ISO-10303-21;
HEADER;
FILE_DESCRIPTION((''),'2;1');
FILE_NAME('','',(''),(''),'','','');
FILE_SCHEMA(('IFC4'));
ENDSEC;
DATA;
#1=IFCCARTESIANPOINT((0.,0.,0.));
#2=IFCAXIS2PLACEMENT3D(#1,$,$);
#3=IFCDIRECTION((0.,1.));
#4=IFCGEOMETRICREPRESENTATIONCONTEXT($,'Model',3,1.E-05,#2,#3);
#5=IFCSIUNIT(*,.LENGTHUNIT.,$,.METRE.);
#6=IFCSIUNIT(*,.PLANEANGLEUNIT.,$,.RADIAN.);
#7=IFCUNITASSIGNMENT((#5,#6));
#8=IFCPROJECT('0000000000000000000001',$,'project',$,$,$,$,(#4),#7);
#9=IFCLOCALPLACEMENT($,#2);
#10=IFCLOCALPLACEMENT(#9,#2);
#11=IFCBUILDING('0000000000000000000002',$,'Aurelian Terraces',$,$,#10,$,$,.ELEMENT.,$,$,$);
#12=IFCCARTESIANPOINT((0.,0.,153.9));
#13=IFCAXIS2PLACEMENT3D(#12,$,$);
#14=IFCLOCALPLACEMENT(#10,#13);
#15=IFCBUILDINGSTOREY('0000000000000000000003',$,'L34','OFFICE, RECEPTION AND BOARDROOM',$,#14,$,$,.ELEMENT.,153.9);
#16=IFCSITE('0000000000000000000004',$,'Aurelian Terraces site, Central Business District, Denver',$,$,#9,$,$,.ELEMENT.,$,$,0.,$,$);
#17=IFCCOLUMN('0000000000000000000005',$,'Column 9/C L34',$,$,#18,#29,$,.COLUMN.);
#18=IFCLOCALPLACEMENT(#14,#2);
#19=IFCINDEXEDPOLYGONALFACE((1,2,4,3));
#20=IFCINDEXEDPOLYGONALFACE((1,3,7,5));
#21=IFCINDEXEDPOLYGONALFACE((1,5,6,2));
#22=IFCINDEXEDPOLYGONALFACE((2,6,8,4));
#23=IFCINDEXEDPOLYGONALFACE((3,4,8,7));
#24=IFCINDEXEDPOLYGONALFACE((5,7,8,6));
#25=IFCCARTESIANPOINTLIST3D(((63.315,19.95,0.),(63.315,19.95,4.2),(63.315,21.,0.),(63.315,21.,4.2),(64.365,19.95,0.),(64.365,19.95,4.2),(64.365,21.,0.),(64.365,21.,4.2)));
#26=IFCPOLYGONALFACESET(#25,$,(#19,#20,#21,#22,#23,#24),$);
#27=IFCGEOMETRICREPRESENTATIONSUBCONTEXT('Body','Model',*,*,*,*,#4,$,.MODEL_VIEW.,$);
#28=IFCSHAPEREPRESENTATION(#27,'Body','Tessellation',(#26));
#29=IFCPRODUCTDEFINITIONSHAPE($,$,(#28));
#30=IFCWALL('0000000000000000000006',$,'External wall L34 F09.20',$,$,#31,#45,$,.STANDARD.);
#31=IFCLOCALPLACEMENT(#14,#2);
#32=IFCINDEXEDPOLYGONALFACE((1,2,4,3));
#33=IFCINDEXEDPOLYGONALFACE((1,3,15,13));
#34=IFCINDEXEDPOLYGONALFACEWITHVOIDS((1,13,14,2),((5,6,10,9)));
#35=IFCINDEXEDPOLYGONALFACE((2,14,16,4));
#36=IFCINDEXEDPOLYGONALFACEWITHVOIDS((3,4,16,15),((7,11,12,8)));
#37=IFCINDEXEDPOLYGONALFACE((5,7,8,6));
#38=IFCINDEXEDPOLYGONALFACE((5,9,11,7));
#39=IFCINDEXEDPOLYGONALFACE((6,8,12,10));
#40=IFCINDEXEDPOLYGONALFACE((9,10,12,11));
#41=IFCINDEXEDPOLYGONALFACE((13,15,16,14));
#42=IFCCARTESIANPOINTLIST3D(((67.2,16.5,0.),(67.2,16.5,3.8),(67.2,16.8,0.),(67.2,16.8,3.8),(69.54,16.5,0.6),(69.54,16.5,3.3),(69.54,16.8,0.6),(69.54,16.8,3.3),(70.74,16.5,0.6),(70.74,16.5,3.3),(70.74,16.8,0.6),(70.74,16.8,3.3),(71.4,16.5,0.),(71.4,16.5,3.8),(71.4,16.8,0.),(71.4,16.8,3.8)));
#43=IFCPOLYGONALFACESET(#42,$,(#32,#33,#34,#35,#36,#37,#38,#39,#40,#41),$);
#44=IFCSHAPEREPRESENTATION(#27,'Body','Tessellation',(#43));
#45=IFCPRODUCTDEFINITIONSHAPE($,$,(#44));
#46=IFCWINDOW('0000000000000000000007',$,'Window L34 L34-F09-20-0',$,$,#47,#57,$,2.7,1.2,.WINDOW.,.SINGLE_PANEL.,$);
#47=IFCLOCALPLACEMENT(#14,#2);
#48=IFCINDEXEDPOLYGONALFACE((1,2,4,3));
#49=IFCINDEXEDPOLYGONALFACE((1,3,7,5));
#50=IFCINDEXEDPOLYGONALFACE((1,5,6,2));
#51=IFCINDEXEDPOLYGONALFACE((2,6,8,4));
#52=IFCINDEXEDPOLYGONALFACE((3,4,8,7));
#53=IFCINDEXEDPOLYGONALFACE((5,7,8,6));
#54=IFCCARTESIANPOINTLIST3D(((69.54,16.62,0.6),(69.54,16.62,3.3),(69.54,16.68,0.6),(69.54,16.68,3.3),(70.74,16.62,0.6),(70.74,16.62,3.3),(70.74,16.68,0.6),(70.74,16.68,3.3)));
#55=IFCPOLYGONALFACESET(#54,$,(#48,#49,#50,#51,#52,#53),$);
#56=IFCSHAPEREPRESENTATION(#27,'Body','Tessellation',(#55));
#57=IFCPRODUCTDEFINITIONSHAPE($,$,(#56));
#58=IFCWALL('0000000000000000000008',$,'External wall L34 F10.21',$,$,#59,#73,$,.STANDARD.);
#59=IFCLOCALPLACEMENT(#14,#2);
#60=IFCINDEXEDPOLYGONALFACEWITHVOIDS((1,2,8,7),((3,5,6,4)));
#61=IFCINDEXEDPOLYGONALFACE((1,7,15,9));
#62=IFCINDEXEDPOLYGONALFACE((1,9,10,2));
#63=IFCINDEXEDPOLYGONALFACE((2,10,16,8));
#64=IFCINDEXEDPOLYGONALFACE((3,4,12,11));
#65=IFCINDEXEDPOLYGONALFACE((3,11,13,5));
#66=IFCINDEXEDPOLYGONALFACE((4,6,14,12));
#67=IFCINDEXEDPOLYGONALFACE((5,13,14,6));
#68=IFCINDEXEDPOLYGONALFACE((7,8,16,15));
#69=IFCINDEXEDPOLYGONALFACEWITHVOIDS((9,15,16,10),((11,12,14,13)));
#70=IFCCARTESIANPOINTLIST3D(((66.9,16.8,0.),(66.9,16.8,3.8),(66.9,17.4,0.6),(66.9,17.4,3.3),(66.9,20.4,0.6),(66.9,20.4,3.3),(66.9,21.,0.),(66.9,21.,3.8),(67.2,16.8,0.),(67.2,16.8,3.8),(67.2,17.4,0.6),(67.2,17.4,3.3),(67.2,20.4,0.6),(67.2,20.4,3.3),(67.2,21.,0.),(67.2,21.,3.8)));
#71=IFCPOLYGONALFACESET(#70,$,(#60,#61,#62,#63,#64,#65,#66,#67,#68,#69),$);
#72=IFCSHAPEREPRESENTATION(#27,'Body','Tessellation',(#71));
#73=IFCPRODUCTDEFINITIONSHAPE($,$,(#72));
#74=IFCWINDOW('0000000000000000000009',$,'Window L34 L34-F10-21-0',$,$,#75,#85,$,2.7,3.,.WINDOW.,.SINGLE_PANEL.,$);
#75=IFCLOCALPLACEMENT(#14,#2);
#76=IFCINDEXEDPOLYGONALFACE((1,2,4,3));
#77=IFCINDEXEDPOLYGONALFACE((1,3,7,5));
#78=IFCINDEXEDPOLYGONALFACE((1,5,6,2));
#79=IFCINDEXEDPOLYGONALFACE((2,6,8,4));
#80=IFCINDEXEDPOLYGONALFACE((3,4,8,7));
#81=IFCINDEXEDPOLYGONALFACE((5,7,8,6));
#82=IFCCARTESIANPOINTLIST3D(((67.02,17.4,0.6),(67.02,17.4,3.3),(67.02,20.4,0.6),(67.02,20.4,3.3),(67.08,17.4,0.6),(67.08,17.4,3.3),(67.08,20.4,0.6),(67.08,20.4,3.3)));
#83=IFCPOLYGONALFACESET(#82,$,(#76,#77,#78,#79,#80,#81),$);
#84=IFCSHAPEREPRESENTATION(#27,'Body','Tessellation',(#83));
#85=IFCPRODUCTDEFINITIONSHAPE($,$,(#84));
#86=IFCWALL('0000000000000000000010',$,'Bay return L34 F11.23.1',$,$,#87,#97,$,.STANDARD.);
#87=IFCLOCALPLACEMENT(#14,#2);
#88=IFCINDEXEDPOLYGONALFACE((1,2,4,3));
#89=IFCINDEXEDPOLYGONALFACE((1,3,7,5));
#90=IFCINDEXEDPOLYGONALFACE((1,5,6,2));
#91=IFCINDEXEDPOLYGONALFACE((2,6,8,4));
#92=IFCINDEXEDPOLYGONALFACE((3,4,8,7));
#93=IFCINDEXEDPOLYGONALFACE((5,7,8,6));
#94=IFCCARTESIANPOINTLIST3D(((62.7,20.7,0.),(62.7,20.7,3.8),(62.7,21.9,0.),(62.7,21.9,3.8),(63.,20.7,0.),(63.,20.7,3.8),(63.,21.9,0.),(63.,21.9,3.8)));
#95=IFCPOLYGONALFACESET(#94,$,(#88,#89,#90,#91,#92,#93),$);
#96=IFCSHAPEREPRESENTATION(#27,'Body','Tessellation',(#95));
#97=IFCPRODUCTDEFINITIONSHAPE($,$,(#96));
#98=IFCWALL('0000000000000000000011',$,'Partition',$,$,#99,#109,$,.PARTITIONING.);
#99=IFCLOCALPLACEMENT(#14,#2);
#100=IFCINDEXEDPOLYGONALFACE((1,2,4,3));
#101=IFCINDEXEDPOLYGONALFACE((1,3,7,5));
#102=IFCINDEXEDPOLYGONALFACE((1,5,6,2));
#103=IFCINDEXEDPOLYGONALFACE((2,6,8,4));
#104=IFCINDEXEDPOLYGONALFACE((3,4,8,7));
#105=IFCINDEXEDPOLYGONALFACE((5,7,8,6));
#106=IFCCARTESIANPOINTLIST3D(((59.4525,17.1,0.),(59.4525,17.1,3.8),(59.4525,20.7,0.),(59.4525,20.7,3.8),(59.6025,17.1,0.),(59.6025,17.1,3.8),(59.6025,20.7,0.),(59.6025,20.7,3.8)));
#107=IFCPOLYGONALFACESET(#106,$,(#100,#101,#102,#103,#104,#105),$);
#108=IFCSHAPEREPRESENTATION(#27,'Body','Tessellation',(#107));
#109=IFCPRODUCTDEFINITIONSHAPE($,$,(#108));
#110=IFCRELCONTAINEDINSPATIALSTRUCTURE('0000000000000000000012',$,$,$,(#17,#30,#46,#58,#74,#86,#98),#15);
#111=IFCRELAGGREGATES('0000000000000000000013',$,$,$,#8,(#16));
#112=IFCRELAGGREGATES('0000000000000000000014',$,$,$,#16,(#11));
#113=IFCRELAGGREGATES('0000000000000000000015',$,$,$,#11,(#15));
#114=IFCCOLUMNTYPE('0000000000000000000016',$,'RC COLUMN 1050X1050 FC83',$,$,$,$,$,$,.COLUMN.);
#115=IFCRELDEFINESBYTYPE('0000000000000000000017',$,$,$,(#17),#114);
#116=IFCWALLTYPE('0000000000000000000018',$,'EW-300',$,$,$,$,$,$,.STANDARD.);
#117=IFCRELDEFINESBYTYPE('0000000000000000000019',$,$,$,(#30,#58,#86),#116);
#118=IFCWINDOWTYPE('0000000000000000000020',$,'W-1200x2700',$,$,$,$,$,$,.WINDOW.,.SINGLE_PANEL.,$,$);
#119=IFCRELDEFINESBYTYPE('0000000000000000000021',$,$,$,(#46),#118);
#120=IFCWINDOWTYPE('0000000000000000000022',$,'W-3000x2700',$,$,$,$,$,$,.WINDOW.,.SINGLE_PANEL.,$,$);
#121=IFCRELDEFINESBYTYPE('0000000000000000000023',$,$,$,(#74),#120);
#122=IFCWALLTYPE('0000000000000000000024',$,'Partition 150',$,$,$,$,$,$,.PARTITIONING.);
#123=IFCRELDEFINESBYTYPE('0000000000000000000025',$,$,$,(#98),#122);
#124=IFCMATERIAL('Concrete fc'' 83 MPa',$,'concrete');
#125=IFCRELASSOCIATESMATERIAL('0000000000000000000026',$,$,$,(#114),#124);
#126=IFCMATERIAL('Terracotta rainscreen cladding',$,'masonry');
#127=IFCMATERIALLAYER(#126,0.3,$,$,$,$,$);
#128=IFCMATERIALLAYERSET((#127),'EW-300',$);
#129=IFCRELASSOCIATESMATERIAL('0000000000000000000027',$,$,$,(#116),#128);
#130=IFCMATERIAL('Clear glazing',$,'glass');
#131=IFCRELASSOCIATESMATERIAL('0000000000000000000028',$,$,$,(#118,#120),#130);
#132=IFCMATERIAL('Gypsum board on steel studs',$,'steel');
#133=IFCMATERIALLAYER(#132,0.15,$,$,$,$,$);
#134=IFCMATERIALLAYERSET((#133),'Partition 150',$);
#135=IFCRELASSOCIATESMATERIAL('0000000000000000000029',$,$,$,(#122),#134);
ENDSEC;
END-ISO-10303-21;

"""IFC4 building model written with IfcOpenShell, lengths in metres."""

from ifc_helpers import new_model, si_unit, direction, frame, frame_2d, origin, origin_2d, place, context, subcontext, project, spatial, rectangle, extrude, source, transform, mapped, material, layer, layer_set, material_profile, profile_set, type_object, element, fill, save


model = new_model("IFC4")

# Units and contexts
model_context = context("Model", 3, precision=1e-05, world=origin(), true_north=direction((0.0, 1.0)))
body_context = subcontext(model_context, "Body", "Model", "MODEL_VIEW")
ifc_project = project(units=[si_unit("LENGTHUNIT", "METRE"), si_unit("PLANEANGLEUNIT", "RADIAN")], contexts=[model_context])

# Site, building, storey
site_placement = place(None, origin())
site = spatial("IfcSite", under=ifc_project, at=site_placement, Name="Aurelian Terraces site, Central Business District, Denver", CompositionType="ELEMENT", RefElevation=0.0)
building_placement = place(site_placement, origin())
building = spatial("IfcBuilding", under=site, at=building_placement, Name="Aurelian Terraces", CompositionType="ELEMENT")
storey_placement = place(building_placement, frame((0.0, 0.0, 153.9)))
storey = spatial("IfcBuildingStorey", under=building, at=storey_placement, Name="L34", Description="OFFICE, RECEPTION AND BOARDROOM", CompositionType="ELEMENT", Elevation=153.9)

# Column
ifc_material_1 = material(Name="Concrete fc' 83 MPa", Category="concrete")
ifc_material_profile = material_profile(ifc_material_1, rectangle(XDim=1.05, YDim=1.05, at=origin_2d()))
ifc_profile_set = profile_set([ifc_material_profile], Name="Concrete fc' 83 MPa")
column_type = type_object("IfcColumnType", Name="RC COLUMN 1050X1050 FC83", PredefinedType="COLUMN", material=ifc_profile_set)
shared_shape_1 = source(origin(), body_context, "Body", "SweptSolid", [
    extrude(rectangle(XDim=1.05, YDim=1.05, at=origin_2d()), origin(), (0.0, 0.0, 1.0), 4.2),
])
column_placement = place(storey_placement, frame((63.84, 20.475, 0.0), z_axis=(0.0, 0.0, 1.0), x_axis=(1.0, 0.0, 0.0)))
element("IfcColumn", 1, at=column_placement, inside=storey, type_object=column_type, Name="Column 9/C L34", PredefinedType="COLUMN", context=body_context, shape_type="MappedRepresentation", body=[
    mapped(shared_shape_1, transform((0.0, 0.0, 0.0), scale=1.0)),
])

# Walls, openings, windows
ifc_material_2 = material(Name="Terracotta rainscreen cladding", Category="masonry")
ifc_layer_1 = layer(ifc_material_2, 0.3)
ifc_layer_set_1 = layer_set([ifc_layer_1], Name="EW-300")
wall_type_1 = type_object("IfcWallType", Name="EW-300", PredefinedType="STANDARD", material=ifc_layer_set_1)
shared_shape_2 = source(origin(), body_context, "Body", "SweptSolid", [
    extrude(rectangle(XDim=4.2, YDim=0.3, at=frame_2d((2.1, 0.0))), origin(), (0.0, 0.0, 1.0), 3.8),
])
wall_1_placement = place(storey_placement, frame((71.4, 16.65, 0.0), z_axis=(0.0, 0.0, 1.0), x_axis=(-1.0, 0.0, 0.0)))
wall_1 = element("IfcWall", 2, at=wall_1_placement, inside=storey, type_object=wall_type_1, Name="External wall L34 F09.20", PredefinedType="STANDARD", context=body_context, shape_type="MappedRepresentation", body=[
    mapped(shared_shape_2, transform((0.0, 0.0, 0.0), scale=1.0)),
])
shared_shape_3 = source(origin(), body_context, "Body", "SweptSolid", [
    extrude(rectangle(XDim=1.2, YDim=2.7, at=frame_2d((0.6, 1.35))), frame((0.0, 0.16, 0.0), z_axis=(0.0, -1.0, 0.0), x_axis=(1.0, 0.0, 0.0)), (0.0, 0.0, 1.0), 0.32),
])
opening_1_placement = place(wall_1_placement, frame((0.66, 0.0, 0.6)))
opening_1 = element("IfcOpeningElement", 3, at=opening_1_placement, cuts=wall_1, PredefinedType="OPENING", context=body_context, shape_type="MappedRepresentation", body=[
    mapped(shared_shape_3, transform((0.0, 0.0, 0.0), scale=1.0)),
])
ifc_material_3 = material(Name="Clear glazing", Category="glass")
window_type_1 = type_object("IfcWindowType", Name="W-1200x2700", PartitioningType="SINGLE_PANEL", PredefinedType="WINDOW", material=ifc_material_3)
shared_shape_4 = source(origin(), body_context, "Body", "SweptSolid", [
    extrude(rectangle(XDim=1.2, YDim=2.7, at=frame_2d((0.6, 1.35))), frame((0.0, 0.03, 0.0), z_axis=(0.0, -1.0, 0.0), x_axis=(1.0, 0.0, 0.0)), (0.0, 0.0, 1.0), 0.06),
])
window_1_placement = place(opening_1_placement, origin())
window_1 = element("IfcWindow", 4, at=window_1_placement, inside=storey, type_object=window_type_1, Name="Window L34 L34-F09-20-0", OverallHeight=2.7, OverallWidth=1.2, PartitioningType="SINGLE_PANEL", PredefinedType="WINDOW", context=body_context, shape_type="MappedRepresentation", body=[
    mapped(shared_shape_4, transform((0.0, 0.0, 0.0), scale=1.0)),
])
fill(opening_1, window_1)
wall_2_placement = place(storey_placement, frame((67.05, 16.8, 0.0), z_axis=(0.0, 0.0, 1.0), x_axis=(0.0, 1.0, 0.0)))
wall_2 = element("IfcWall", 5, at=wall_2_placement, inside=storey, type_object=wall_type_1, Name="External wall L34 F10.21", PredefinedType="STANDARD", context=body_context, shape_type="MappedRepresentation", body=[
    mapped(shared_shape_2, transform((0.0, 0.0, 0.0), scale=1.0)),
])
shared_shape_5 = source(origin(), body_context, "Body", "SweptSolid", [
    extrude(rectangle(XDim=3.0, YDim=2.7, at=frame_2d((1.5, 1.35))), frame((0.0, 0.16, 0.0), z_axis=(0.0, -1.0, 0.0), x_axis=(1.0, 0.0, 0.0)), (0.0, 0.0, 1.0), 0.32),
])
opening_2_placement = place(wall_2_placement, frame((0.6, 0.0, 0.6)))
opening_2 = element("IfcOpeningElement", 6, at=opening_2_placement, cuts=wall_2, PredefinedType="OPENING", context=body_context, shape_type="MappedRepresentation", body=[
    mapped(shared_shape_5, transform((0.0, 0.0, 0.0), scale=1.0)),
])
window_type_2 = type_object("IfcWindowType", Name="W-3000x2700", PartitioningType="SINGLE_PANEL", PredefinedType="WINDOW", material=ifc_material_3)
shared_shape_6 = source(origin(), body_context, "Body", "SweptSolid", [
    extrude(rectangle(XDim=3.0, YDim=2.7, at=frame_2d((1.5, 1.35))), frame((0.0, 0.03, 0.0), z_axis=(0.0, -1.0, 0.0), x_axis=(1.0, 0.0, 0.0)), (0.0, 0.0, 1.0), 0.06),
])
window_2_placement = place(opening_2_placement, origin())
window_2 = element("IfcWindow", 7, at=window_2_placement, inside=storey, type_object=window_type_2, Name="Window L34 L34-F10-21-0", OverallHeight=2.7, OverallWidth=3.0, PartitioningType="SINGLE_PANEL", PredefinedType="WINDOW", context=body_context, shape_type="MappedRepresentation", body=[
    mapped(shared_shape_6, transform((0.0, 0.0, 0.0), scale=1.0)),
])
fill(opening_2, window_2)

# Walls
shared_shape_7 = source(origin(), body_context, "Body", "SweptSolid", [
    extrude(rectangle(XDim=1.2, YDim=0.3, at=frame_2d((0.6, 0.0))), origin(), (0.0, 0.0, 1.0), 3.8),
])
wall_3_placement = place(storey_placement, frame((62.85, 20.7, 0.0), z_axis=(0.0, 0.0, 1.0), x_axis=(0.0, 1.0, 0.0)))
element("IfcWall", 8, at=wall_3_placement, inside=storey, type_object=wall_type_1, Name="Bay return L34 F11.23.1", PredefinedType="STANDARD", context=body_context, shape_type="MappedRepresentation", body=[
    mapped(shared_shape_7, transform((0.0, 0.0, 0.0), scale=1.0)),
])
ifc_material_4 = material(Name="Gypsum board on steel studs", Category="steel")
ifc_layer_2 = layer(ifc_material_4, 0.15)
ifc_layer_set_2 = layer_set([ifc_layer_2], Name="Partition 150")
wall_type_2 = type_object("IfcWallType", Name="Partition 150", PredefinedType="PARTITIONING", material=ifc_layer_set_2)
shared_shape_8 = source(origin(), body_context, "Body", "SweptSolid", [
    extrude(rectangle(XDim=3.6, YDim=0.15, at=frame_2d((1.8, 0.0))), origin(), (0.0, 0.0, 1.0), 3.8),
])
wall_4_placement = place(storey_placement, frame((59.5275, 20.7, 0.0), z_axis=(0.0, 0.0, 1.0), x_axis=(0.0, -1.0, 0.0)))
element("IfcWall", 9, at=wall_4_placement, inside=storey, type_object=wall_type_2, Name="Partition", PredefinedType="PARTITIONING", context=body_context, shape_type="MappedRepresentation", body=[
    mapped(shared_shape_8, transform((0.0, 0.0, 0.0), scale=1.0)),
])

save(model, "model.ifc")
